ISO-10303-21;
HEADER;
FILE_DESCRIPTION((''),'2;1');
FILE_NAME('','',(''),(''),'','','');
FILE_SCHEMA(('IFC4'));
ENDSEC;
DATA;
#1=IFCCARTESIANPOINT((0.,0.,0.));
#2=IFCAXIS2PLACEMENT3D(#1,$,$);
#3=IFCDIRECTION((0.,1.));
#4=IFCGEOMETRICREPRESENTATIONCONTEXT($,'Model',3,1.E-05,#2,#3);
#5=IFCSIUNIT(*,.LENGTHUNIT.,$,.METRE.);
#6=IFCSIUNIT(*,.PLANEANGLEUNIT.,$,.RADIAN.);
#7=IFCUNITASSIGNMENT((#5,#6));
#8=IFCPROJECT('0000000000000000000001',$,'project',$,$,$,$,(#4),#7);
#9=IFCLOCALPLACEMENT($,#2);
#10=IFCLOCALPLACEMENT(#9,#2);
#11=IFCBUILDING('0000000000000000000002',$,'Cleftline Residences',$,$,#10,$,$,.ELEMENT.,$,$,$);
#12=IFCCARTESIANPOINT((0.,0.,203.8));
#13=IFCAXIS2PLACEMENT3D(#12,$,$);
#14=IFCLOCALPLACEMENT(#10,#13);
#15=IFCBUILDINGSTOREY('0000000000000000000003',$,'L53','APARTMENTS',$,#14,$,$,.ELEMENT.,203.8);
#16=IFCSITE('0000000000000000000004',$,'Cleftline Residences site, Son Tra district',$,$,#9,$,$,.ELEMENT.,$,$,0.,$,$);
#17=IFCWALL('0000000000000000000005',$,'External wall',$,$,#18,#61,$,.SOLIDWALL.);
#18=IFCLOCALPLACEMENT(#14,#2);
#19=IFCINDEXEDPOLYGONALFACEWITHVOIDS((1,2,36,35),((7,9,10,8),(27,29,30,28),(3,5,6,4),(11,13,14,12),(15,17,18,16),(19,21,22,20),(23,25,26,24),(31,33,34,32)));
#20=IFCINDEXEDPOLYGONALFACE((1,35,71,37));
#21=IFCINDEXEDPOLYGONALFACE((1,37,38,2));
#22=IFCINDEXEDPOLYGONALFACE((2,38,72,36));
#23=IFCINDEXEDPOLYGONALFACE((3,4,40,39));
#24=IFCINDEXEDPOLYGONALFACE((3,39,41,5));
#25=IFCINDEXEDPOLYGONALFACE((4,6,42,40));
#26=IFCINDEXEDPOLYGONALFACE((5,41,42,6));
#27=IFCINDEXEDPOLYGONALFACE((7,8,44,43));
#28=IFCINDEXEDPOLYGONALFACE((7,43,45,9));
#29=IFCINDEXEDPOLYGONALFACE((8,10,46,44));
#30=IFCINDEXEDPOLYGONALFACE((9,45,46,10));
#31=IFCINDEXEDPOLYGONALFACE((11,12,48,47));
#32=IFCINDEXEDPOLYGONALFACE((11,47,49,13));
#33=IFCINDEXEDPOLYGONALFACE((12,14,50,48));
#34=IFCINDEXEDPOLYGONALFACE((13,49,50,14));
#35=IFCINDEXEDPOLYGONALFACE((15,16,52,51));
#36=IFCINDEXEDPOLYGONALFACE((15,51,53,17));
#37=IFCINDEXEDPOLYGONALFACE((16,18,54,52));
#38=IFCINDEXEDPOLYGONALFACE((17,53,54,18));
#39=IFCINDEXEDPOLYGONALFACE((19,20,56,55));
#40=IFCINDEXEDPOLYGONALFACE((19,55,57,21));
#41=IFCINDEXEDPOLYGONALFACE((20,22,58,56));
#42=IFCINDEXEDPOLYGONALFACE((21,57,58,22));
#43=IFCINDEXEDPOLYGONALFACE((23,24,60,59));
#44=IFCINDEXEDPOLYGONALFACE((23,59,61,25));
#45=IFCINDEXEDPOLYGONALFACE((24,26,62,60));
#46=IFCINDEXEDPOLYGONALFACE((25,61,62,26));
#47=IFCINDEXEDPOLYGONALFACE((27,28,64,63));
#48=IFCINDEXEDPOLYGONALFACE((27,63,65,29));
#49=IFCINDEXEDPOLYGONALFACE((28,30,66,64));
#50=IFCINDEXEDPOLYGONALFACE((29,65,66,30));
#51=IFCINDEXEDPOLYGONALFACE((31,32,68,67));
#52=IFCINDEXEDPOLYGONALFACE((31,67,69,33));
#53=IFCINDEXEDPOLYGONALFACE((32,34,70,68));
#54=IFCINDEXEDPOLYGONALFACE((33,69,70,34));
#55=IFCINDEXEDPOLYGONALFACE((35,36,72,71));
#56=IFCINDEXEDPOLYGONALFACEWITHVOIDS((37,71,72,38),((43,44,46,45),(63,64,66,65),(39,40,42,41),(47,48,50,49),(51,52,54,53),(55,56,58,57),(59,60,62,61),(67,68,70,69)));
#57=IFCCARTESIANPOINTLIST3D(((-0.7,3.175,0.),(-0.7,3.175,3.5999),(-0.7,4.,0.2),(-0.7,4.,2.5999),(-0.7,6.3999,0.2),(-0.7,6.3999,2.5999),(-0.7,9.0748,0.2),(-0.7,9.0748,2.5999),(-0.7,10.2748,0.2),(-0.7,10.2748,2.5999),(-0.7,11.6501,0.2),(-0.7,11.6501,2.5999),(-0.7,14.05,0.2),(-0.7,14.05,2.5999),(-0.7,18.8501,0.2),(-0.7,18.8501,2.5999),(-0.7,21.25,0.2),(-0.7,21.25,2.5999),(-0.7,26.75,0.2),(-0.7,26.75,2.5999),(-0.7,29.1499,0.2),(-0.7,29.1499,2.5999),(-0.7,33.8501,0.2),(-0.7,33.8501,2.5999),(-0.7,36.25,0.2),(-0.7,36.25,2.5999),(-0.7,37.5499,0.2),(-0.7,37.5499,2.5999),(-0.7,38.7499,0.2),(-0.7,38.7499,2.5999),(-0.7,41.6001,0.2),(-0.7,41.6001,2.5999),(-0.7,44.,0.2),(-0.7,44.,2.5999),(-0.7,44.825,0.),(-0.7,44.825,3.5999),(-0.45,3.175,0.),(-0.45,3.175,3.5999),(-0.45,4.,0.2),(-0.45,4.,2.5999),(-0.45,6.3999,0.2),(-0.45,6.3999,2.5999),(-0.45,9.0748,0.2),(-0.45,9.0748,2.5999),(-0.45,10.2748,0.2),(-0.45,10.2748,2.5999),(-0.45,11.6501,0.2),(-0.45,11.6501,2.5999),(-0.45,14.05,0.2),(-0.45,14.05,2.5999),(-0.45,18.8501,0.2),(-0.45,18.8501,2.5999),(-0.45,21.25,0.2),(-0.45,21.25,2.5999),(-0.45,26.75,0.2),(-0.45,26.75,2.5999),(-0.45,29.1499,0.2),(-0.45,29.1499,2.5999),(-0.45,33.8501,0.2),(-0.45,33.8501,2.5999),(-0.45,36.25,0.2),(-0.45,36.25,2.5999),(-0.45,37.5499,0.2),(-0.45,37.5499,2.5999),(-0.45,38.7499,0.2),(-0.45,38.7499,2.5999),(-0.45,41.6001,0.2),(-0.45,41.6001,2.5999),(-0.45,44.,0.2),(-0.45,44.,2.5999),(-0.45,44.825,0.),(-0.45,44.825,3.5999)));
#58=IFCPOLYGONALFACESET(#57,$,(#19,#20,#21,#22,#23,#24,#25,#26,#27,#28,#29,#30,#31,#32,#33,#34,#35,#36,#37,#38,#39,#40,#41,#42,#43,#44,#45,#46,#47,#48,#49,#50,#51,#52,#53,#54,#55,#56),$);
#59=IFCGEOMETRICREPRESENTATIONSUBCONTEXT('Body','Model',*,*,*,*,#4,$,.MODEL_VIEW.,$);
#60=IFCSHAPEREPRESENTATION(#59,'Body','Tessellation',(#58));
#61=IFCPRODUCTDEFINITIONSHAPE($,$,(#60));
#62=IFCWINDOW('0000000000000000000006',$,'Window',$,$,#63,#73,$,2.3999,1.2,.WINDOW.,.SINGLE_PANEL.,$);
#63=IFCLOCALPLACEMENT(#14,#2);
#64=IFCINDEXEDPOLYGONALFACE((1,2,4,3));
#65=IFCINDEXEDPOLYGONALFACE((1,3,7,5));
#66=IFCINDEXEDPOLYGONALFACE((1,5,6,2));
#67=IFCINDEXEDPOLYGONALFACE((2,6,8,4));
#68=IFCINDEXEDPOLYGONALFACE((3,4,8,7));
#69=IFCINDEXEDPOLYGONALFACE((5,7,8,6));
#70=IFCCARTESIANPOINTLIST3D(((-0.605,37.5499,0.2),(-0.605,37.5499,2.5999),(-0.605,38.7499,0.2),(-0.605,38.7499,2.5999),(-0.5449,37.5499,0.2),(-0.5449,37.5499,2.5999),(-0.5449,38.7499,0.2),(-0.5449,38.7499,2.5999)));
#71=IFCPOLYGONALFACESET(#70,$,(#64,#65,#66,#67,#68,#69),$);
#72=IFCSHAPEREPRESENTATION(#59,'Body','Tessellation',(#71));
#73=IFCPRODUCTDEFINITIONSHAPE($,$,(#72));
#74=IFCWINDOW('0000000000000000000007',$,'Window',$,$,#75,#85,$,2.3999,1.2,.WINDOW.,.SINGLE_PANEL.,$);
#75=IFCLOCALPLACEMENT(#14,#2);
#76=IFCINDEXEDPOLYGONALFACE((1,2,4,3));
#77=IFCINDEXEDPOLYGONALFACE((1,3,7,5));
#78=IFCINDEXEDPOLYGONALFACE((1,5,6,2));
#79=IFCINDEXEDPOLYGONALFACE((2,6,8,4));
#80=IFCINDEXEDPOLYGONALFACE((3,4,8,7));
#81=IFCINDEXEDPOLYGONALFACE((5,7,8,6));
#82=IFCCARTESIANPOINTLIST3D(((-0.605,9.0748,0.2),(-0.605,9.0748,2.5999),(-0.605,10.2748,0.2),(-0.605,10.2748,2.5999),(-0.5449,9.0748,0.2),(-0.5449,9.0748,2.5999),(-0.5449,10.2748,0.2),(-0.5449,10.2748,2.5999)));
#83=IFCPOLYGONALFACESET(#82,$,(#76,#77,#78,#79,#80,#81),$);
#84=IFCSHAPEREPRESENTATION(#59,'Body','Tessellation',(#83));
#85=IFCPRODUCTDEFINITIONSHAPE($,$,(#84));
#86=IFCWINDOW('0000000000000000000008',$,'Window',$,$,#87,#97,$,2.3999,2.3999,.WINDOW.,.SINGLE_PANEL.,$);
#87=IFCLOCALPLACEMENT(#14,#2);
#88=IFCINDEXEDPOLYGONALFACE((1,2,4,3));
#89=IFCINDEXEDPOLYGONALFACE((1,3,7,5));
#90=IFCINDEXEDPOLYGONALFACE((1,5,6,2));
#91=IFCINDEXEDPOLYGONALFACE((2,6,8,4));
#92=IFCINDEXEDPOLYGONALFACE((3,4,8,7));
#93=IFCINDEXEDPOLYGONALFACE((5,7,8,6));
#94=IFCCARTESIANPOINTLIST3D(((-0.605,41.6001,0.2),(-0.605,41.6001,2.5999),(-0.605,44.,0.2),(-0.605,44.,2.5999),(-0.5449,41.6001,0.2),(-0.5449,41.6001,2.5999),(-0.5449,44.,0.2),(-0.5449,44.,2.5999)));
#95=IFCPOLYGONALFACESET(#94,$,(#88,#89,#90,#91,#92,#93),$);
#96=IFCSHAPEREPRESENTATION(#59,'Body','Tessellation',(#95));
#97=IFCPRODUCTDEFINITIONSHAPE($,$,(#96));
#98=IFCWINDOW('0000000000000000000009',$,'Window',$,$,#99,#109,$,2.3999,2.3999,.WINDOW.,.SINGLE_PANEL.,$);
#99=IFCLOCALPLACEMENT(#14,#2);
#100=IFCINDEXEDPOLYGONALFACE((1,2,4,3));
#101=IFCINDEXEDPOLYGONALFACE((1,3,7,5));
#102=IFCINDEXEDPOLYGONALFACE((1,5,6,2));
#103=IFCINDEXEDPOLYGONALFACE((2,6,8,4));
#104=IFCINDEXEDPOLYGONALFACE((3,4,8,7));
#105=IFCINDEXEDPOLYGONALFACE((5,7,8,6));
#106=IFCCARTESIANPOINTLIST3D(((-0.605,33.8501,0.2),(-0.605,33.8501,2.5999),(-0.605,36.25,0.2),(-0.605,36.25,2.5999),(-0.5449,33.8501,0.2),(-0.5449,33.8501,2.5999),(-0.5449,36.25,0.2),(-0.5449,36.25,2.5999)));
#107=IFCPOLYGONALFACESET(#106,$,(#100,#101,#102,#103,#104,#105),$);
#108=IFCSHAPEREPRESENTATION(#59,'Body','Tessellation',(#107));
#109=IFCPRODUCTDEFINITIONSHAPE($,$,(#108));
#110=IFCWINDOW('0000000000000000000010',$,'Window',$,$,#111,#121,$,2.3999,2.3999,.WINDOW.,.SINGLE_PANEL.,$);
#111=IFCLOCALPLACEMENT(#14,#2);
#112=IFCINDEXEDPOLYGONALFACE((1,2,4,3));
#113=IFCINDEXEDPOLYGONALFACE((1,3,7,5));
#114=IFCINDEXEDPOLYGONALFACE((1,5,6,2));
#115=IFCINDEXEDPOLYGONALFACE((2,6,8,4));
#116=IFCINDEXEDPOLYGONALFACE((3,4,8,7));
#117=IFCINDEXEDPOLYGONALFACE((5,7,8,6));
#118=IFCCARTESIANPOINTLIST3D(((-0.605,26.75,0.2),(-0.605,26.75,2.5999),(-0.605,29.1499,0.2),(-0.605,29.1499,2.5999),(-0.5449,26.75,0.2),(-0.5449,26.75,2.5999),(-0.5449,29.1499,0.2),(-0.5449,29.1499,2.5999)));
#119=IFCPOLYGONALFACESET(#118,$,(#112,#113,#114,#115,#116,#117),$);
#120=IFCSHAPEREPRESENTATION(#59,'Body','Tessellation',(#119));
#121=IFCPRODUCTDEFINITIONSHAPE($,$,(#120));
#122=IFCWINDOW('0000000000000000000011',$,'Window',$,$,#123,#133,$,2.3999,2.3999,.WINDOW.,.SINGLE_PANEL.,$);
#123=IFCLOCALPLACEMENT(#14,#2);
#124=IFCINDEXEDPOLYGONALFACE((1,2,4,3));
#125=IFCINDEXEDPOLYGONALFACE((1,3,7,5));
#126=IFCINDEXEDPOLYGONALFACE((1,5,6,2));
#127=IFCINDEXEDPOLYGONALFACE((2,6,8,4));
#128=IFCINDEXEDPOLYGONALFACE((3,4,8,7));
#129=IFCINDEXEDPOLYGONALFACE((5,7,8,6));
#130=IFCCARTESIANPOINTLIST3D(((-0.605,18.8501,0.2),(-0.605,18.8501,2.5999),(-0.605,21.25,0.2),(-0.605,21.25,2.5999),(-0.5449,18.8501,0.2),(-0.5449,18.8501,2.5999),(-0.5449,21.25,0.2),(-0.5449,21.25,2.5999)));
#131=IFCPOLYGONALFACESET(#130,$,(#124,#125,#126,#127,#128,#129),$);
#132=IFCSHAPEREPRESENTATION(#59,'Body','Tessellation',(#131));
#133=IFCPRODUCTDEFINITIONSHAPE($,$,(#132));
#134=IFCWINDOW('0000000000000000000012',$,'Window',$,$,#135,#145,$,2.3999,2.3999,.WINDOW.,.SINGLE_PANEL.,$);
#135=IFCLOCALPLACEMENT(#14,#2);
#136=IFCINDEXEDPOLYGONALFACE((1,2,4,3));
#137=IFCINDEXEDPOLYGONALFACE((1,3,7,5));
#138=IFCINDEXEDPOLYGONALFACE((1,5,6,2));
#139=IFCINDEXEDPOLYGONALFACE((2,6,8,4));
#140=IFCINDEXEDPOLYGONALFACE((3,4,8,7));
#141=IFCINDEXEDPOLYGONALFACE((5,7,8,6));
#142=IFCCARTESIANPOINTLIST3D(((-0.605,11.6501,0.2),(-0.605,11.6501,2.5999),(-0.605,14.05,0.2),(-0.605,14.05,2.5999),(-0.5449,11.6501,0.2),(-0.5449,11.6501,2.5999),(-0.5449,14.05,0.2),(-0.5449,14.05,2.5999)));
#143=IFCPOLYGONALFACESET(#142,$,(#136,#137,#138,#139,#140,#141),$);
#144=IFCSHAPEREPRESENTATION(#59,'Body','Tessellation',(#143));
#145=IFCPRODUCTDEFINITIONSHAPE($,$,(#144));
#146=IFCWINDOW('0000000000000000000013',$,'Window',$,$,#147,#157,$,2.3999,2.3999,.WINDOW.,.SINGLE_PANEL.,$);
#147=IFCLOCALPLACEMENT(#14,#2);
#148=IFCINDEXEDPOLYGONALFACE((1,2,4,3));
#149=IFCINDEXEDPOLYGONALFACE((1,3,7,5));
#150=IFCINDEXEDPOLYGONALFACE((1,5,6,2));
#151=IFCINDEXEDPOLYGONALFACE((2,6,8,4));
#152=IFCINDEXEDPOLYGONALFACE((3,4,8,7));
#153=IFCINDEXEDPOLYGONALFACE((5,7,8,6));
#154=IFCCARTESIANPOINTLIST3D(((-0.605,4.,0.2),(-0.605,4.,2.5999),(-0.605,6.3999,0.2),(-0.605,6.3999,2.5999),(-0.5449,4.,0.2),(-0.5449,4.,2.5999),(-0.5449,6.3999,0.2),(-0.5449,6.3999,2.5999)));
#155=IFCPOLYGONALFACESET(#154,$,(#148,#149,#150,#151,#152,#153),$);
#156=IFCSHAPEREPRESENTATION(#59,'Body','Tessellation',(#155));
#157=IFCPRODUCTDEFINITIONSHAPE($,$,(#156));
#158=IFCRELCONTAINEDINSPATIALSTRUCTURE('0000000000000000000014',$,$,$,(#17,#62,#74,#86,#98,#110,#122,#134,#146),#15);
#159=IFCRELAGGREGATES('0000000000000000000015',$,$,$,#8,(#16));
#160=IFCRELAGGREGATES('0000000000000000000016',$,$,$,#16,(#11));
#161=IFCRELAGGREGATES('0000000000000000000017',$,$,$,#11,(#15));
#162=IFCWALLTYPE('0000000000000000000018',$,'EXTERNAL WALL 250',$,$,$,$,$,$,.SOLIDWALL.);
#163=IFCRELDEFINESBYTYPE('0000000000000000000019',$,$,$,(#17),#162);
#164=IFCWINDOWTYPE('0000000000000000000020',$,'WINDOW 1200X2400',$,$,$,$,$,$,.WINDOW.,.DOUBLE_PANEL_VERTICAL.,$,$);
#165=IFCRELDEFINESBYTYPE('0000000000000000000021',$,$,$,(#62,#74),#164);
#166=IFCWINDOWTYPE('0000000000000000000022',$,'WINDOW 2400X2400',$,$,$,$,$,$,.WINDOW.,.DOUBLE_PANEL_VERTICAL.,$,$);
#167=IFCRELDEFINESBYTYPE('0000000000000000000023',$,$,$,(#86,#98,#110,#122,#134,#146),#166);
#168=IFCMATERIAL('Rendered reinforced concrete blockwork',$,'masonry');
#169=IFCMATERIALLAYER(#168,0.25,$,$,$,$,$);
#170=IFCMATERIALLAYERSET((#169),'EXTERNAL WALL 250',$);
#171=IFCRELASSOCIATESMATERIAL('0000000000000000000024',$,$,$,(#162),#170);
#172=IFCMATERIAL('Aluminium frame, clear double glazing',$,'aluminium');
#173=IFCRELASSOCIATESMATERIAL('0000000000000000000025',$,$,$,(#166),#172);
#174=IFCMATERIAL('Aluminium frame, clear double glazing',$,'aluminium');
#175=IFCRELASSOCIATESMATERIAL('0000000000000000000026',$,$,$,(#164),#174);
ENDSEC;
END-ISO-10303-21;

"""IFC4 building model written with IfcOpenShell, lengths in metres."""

from ifc_helpers import new_model, si_unit, direction, frame, frame_2d, origin, place, context, subcontext, project, spatial, rectangle, extrude, material, layer, layer_set, type_object, element, fill, save


model = new_model("IFC4")

# Units and contexts
model_context = context("Model", 3, precision=1e-05, world=origin(), true_north=direction((0.0, 1.0)))
body_context = subcontext(model_context, "Body", "Model", "MODEL_VIEW")
ifc_project = project(units=[si_unit("LENGTHUNIT", "METRE"), si_unit("PLANEANGLEUNIT", "RADIAN")], contexts=[model_context])

# Site, building, storey
site_placement = place(None, origin())
site = spatial("IfcSite", under=ifc_project, at=site_placement, Name="Cleftline Residences site, Son Tra district", CompositionType="ELEMENT", RefElevation=0.0)
building_placement = place(site_placement, origin())
building = spatial("IfcBuilding", under=site, at=building_placement, Name="Cleftline Residences", CompositionType="ELEMENT")
storey_placement = place(building_placement, frame((0.0, 0.0, 203.8)))
storey = spatial("IfcBuildingStorey", under=building, at=storey_placement, Name="L53", Description="APARTMENTS", CompositionType="ELEMENT", Elevation=203.8)

# Shared definitions
ifc_material_1 = material(Name="Rendered reinforced concrete blockwork", Category="masonry")
ifc_layer_1 = layer(ifc_material_1, 0.25)
ifc_layer_set_1 = layer_set([ifc_layer_1], Name="EXTERNAL WALL 250")
wall_type_1 = type_object("IfcWallType", Name="EXTERNAL WALL 250", PredefinedType="SOLIDWALL", material=ifc_layer_set_1)
ifc_material_2 = material(Name="Aluminium frame, clear double glazing", Category="aluminium")
window_type_1 = type_object("IfcWindowType", Name="WINDOW 2400X2400", PartitioningType="DOUBLE_PANEL_VERTICAL", PredefinedType="WINDOW", material=ifc_material_2)

# Wall, openings, windows
wall_1_placement = place(storey_placement, frame((-0.575, 44.825, 0.0), z_axis=(0.0, 0.0, 1.0), x_axis=(0.0, -1.0, 0.0)))
wall_1 = element("IfcWall", 1, at=wall_1_placement, inside=storey, type_object=wall_type_1, Name="External wall", PredefinedType="SOLIDWALL", context=body_context, shape_type="SweptSolid", body=[
    extrude(rectangle(XDim=41.6499, YDim=0.25, at=frame_2d((20.825, 0.0))), origin(), (0.0, 0.0, 1.0), 3.5999),
])
opening_1_placement = place(wall_1_placement, frame((0.825, 0.0, 0.2)))
opening_1 = element("IfcOpeningElement", 2, at=opening_1_placement, cuts=wall_1, PredefinedType="OPENING", context=body_context, shape_type="SweptSolid", body=[
    extrude(rectangle(XDim=2.3999, YDim=2.3999, at=frame_2d((1.2, 1.2))), frame((0.0, 0.135, 0.0), z_axis=(0.0, -1.0, 0.0), x_axis=(1.0, 0.0, 0.0)), (0.0, 0.0, 1.0), 0.27),
])
opening_2_placement = place(wall_1_placement, frame((6.075, 0.0, 0.2)))
opening_2 = element("IfcOpeningElement", 3, at=opening_2_placement, cuts=wall_1, PredefinedType="OPENING", context=body_context, shape_type="SweptSolid", body=[
    extrude(rectangle(XDim=1.2, YDim=2.3999, at=frame_2d((0.6001, 1.2))), frame((0.0, 0.135, 0.0), z_axis=(0.0, -1.0, 0.0), x_axis=(1.0, 0.0, 0.0)), (0.0, 0.0, 1.0), 0.27),
])
opening_3_placement = place(wall_1_placement, frame((8.575, 0.0, 0.2)))
opening_3 = element("IfcOpeningElement", 4, at=opening_3_placement, cuts=wall_1, PredefinedType="OPENING", context=body_context, shape_type="SweptSolid", body=[
    extrude(rectangle(XDim=2.3999, YDim=2.3999, at=frame_2d((1.2, 1.2))), frame((0.0, 0.135, 0.0), z_axis=(0.0, -1.0, 0.0), x_axis=(1.0, 0.0, 0.0)), (0.0, 0.0, 1.0), 0.27),
])
opening_4_placement = place(wall_1_placement, frame((15.675, 0.0, 0.2)))
opening_4 = element("IfcOpeningElement", 5, at=opening_4_placement, cuts=wall_1, PredefinedType="OPENING", context=body_context, shape_type="SweptSolid", body=[
    extrude(rectangle(XDim=2.3999, YDim=2.3999, at=frame_2d((1.2, 1.2))), frame((0.0, 0.135, 0.0), z_axis=(0.0, -1.0, 0.0), x_axis=(1.0, 0.0, 0.0)), (0.0, 0.0, 1.0), 0.27),
])
opening_5_placement = place(wall_1_placement, frame((23.575, 0.0, 0.2)))
opening_5 = element("IfcOpeningElement", 6, at=opening_5_placement, cuts=wall_1, PredefinedType="OPENING", context=body_context, shape_type="SweptSolid", body=[
    extrude(rectangle(XDim=2.3999, YDim=2.3999, at=frame_2d((1.2, 1.2))), frame((0.0, 0.135, 0.0), z_axis=(0.0, -1.0, 0.0), x_axis=(1.0, 0.0, 0.0)), (0.0, 0.0, 1.0), 0.27),
])
opening_6_placement = place(wall_1_placement, frame((30.7749, 0.0, 0.2)))
opening_6 = element("IfcOpeningElement", 7, at=opening_6_placement, cuts=wall_1, PredefinedType="OPENING", context=body_context, shape_type="SweptSolid", body=[
    extrude(rectangle(XDim=2.3999, YDim=2.3999, at=frame_2d((1.2, 1.2))), frame((0.0, 0.135, 0.0), z_axis=(0.0, -1.0, 0.0), x_axis=(1.0, 0.0, 0.0)), (0.0, 0.0, 1.0), 0.27),
])
opening_7_placement = place(wall_1_placement, frame((34.55, 0.0, 0.2)))
opening_7 = element("IfcOpeningElement", 8, at=opening_7_placement, cuts=wall_1, PredefinedType="OPENING", context=body_context, shape_type="SweptSolid", body=[
    extrude(rectangle(XDim=1.2, YDim=2.3999, at=frame_2d((0.6001, 1.2))), frame((0.0, 0.135, 0.0), z_axis=(0.0, -1.0, 0.0), x_axis=(1.0, 0.0, 0.0)), (0.0, 0.0, 1.0), 0.27),
])
opening_8_placement = place(wall_1_placement, frame((38.425, 0.0, 0.2)))
opening_8 = element("IfcOpeningElement", 9, at=opening_8_placement, cuts=wall_1, PredefinedType="OPENING", context=body_context, shape_type="SweptSolid", body=[
    extrude(rectangle(XDim=2.3999, YDim=2.3999, at=frame_2d((1.2, 1.2))), frame((0.0, 0.135, 0.0), z_axis=(0.0, -1.0, 0.0), x_axis=(1.0, 0.0, 0.0)), (0.0, 0.0, 1.0), 0.27),
])
ifc_material_3 = material(Name="Aluminium frame, clear double glazing", Category="aluminium")
window_type_2 = type_object("IfcWindowType", Name="WINDOW 1200X2400", PartitioningType="DOUBLE_PANEL_VERTICAL", PredefinedType="WINDOW", material=ifc_material_3)
window_1_placement = place(opening_2_placement, origin())
window_1 = element("IfcWindow", 10, at=window_1_placement, inside=storey, type_object=window_type_2, Name="Window", OverallHeight=2.3999, OverallWidth=1.2, PartitioningType="SINGLE_PANEL", PredefinedType="WINDOW", context=body_context, shape_type="SweptSolid", body=[
    extrude(rectangle(XDim=1.2, YDim=2.3999, at=frame_2d((0.6001, 1.2))), frame((0.0, 0.03, 0.0), z_axis=(0.0, -1.0, 0.0), x_axis=(1.0, 0.0, 0.0)), (0.0, 0.0, 1.0), 0.0601),
])
fill(opening_2, window_1)
window_2_placement = place(opening_7_placement, origin())
window_2 = element("IfcWindow", 11, at=window_2_placement, inside=storey, type_object=window_type_2, Name="Window", OverallHeight=2.3999, OverallWidth=1.2, PartitioningType="SINGLE_PANEL", PredefinedType="WINDOW", context=body_context, shape_type="SweptSolid", body=[
    extrude(rectangle(XDim=1.2, YDim=2.3999, at=frame_2d((0.6001, 1.2))), frame((0.0, 0.03, 0.0), z_axis=(0.0, -1.0, 0.0), x_axis=(1.0, 0.0, 0.0)), (0.0, 0.0, 1.0), 0.0601),
])
fill(opening_7, window_2)
window_3_placement = place(opening_1_placement, origin())
window_3 = element("IfcWindow", 12, at=window_3_placement, inside=storey, type_object=window_type_1, Name="Window", OverallHeight=2.3999, OverallWidth=2.3999, PartitioningType="SINGLE_PANEL", PredefinedType="WINDOW", context=body_context, shape_type="SweptSolid", body=[
    extrude(rectangle(XDim=2.3999, YDim=2.3999, at=frame_2d((1.2, 1.2))), frame((0.0, 0.03, 0.0), z_axis=(0.0, -1.0, 0.0), x_axis=(1.0, 0.0, 0.0)), (0.0, 0.0, 1.0), 0.0601),
])
fill(opening_1, window_3)
window_4_placement = place(opening_3_placement, origin())
window_4 = element("IfcWindow", 13, at=window_4_placement, inside=storey, type_object=window_type_1, Name="Window", OverallHeight=2.3999, OverallWidth=2.3999, PartitioningType="SINGLE_PANEL", PredefinedType="WINDOW", context=body_context, shape_type="SweptSolid", body=[
    extrude(rectangle(XDim=2.3999, YDim=2.3999, at=frame_2d((1.2, 1.2))), frame((0.0, 0.03, 0.0), z_axis=(0.0, -1.0, 0.0), x_axis=(1.0, 0.0, 0.0)), (0.0, 0.0, 1.0), 0.0601),
])
fill(opening_3, window_4)
window_5_placement = place(opening_4_placement, origin())
window_5 = element("IfcWindow", 14, at=window_5_placement, inside=storey, type_object=window_type_1, Name="Window", OverallHeight=2.3999, OverallWidth=2.3999, PartitioningType="SINGLE_PANEL", PredefinedType="WINDOW", context=body_context, shape_type="SweptSolid", body=[
    extrude(rectangle(XDim=2.3999, YDim=2.3999, at=frame_2d((1.2, 1.2))), frame((0.0, 0.03, 0.0), z_axis=(0.0, -1.0, 0.0), x_axis=(1.0, 0.0, 0.0)), (0.0, 0.0, 1.0), 0.0601),
])
fill(opening_4, window_5)
window_6_placement = place(opening_5_placement, origin())
window_6 = element("IfcWindow", 15, at=window_6_placement, inside=storey, type_object=window_type_1, Name="Window", OverallHeight=2.3999, OverallWidth=2.3999, PartitioningType="SINGLE_PANEL", PredefinedType="WINDOW", context=body_context, shape_type="SweptSolid", body=[
    extrude(rectangle(XDim=2.3999, YDim=2.3999, at=frame_2d((1.2, 1.2))), frame((0.0, 0.03, 0.0), z_axis=(0.0, -1.0, 0.0), x_axis=(1.0, 0.0, 0.0)), (0.0, 0.0, 1.0), 0.0601),
])
fill(opening_5, window_6)
window_7_placement = place(opening_6_placement, origin())
window_7 = element("IfcWindow", 16, at=window_7_placement, inside=storey, type_object=window_type_1, Name="Window", OverallHeight=2.3999, OverallWidth=2.3999, PartitioningType="SINGLE_PANEL", PredefinedType="WINDOW", context=body_context, shape_type="SweptSolid", body=[
    extrude(rectangle(XDim=2.3999, YDim=2.3999, at=frame_2d((1.2, 1.2))), frame((0.0, 0.03, 0.0), z_axis=(0.0, -1.0, 0.0), x_axis=(1.0, 0.0, 0.0)), (0.0, 0.0, 1.0), 0.0601),
])
fill(opening_6, window_7)
window_8_placement = place(opening_8_placement, origin())
window_8 = element("IfcWindow", 17, at=window_8_placement, inside=storey, type_object=window_type_1, Name="Window", OverallHeight=2.3999, OverallWidth=2.3999, PartitioningType="SINGLE_PANEL", PredefinedType="WINDOW", context=body_context, shape_type="SweptSolid", body=[
    extrude(rectangle(XDim=2.3999, YDim=2.3999, at=frame_2d((1.2, 1.2))), frame((0.0, 0.03, 0.0), z_axis=(0.0, -1.0, 0.0), x_axis=(1.0, 0.0, 0.0)), (0.0, 0.0, 1.0), 0.0601),
])
fill(opening_8, window_8)

save(model, "model.ifc")
